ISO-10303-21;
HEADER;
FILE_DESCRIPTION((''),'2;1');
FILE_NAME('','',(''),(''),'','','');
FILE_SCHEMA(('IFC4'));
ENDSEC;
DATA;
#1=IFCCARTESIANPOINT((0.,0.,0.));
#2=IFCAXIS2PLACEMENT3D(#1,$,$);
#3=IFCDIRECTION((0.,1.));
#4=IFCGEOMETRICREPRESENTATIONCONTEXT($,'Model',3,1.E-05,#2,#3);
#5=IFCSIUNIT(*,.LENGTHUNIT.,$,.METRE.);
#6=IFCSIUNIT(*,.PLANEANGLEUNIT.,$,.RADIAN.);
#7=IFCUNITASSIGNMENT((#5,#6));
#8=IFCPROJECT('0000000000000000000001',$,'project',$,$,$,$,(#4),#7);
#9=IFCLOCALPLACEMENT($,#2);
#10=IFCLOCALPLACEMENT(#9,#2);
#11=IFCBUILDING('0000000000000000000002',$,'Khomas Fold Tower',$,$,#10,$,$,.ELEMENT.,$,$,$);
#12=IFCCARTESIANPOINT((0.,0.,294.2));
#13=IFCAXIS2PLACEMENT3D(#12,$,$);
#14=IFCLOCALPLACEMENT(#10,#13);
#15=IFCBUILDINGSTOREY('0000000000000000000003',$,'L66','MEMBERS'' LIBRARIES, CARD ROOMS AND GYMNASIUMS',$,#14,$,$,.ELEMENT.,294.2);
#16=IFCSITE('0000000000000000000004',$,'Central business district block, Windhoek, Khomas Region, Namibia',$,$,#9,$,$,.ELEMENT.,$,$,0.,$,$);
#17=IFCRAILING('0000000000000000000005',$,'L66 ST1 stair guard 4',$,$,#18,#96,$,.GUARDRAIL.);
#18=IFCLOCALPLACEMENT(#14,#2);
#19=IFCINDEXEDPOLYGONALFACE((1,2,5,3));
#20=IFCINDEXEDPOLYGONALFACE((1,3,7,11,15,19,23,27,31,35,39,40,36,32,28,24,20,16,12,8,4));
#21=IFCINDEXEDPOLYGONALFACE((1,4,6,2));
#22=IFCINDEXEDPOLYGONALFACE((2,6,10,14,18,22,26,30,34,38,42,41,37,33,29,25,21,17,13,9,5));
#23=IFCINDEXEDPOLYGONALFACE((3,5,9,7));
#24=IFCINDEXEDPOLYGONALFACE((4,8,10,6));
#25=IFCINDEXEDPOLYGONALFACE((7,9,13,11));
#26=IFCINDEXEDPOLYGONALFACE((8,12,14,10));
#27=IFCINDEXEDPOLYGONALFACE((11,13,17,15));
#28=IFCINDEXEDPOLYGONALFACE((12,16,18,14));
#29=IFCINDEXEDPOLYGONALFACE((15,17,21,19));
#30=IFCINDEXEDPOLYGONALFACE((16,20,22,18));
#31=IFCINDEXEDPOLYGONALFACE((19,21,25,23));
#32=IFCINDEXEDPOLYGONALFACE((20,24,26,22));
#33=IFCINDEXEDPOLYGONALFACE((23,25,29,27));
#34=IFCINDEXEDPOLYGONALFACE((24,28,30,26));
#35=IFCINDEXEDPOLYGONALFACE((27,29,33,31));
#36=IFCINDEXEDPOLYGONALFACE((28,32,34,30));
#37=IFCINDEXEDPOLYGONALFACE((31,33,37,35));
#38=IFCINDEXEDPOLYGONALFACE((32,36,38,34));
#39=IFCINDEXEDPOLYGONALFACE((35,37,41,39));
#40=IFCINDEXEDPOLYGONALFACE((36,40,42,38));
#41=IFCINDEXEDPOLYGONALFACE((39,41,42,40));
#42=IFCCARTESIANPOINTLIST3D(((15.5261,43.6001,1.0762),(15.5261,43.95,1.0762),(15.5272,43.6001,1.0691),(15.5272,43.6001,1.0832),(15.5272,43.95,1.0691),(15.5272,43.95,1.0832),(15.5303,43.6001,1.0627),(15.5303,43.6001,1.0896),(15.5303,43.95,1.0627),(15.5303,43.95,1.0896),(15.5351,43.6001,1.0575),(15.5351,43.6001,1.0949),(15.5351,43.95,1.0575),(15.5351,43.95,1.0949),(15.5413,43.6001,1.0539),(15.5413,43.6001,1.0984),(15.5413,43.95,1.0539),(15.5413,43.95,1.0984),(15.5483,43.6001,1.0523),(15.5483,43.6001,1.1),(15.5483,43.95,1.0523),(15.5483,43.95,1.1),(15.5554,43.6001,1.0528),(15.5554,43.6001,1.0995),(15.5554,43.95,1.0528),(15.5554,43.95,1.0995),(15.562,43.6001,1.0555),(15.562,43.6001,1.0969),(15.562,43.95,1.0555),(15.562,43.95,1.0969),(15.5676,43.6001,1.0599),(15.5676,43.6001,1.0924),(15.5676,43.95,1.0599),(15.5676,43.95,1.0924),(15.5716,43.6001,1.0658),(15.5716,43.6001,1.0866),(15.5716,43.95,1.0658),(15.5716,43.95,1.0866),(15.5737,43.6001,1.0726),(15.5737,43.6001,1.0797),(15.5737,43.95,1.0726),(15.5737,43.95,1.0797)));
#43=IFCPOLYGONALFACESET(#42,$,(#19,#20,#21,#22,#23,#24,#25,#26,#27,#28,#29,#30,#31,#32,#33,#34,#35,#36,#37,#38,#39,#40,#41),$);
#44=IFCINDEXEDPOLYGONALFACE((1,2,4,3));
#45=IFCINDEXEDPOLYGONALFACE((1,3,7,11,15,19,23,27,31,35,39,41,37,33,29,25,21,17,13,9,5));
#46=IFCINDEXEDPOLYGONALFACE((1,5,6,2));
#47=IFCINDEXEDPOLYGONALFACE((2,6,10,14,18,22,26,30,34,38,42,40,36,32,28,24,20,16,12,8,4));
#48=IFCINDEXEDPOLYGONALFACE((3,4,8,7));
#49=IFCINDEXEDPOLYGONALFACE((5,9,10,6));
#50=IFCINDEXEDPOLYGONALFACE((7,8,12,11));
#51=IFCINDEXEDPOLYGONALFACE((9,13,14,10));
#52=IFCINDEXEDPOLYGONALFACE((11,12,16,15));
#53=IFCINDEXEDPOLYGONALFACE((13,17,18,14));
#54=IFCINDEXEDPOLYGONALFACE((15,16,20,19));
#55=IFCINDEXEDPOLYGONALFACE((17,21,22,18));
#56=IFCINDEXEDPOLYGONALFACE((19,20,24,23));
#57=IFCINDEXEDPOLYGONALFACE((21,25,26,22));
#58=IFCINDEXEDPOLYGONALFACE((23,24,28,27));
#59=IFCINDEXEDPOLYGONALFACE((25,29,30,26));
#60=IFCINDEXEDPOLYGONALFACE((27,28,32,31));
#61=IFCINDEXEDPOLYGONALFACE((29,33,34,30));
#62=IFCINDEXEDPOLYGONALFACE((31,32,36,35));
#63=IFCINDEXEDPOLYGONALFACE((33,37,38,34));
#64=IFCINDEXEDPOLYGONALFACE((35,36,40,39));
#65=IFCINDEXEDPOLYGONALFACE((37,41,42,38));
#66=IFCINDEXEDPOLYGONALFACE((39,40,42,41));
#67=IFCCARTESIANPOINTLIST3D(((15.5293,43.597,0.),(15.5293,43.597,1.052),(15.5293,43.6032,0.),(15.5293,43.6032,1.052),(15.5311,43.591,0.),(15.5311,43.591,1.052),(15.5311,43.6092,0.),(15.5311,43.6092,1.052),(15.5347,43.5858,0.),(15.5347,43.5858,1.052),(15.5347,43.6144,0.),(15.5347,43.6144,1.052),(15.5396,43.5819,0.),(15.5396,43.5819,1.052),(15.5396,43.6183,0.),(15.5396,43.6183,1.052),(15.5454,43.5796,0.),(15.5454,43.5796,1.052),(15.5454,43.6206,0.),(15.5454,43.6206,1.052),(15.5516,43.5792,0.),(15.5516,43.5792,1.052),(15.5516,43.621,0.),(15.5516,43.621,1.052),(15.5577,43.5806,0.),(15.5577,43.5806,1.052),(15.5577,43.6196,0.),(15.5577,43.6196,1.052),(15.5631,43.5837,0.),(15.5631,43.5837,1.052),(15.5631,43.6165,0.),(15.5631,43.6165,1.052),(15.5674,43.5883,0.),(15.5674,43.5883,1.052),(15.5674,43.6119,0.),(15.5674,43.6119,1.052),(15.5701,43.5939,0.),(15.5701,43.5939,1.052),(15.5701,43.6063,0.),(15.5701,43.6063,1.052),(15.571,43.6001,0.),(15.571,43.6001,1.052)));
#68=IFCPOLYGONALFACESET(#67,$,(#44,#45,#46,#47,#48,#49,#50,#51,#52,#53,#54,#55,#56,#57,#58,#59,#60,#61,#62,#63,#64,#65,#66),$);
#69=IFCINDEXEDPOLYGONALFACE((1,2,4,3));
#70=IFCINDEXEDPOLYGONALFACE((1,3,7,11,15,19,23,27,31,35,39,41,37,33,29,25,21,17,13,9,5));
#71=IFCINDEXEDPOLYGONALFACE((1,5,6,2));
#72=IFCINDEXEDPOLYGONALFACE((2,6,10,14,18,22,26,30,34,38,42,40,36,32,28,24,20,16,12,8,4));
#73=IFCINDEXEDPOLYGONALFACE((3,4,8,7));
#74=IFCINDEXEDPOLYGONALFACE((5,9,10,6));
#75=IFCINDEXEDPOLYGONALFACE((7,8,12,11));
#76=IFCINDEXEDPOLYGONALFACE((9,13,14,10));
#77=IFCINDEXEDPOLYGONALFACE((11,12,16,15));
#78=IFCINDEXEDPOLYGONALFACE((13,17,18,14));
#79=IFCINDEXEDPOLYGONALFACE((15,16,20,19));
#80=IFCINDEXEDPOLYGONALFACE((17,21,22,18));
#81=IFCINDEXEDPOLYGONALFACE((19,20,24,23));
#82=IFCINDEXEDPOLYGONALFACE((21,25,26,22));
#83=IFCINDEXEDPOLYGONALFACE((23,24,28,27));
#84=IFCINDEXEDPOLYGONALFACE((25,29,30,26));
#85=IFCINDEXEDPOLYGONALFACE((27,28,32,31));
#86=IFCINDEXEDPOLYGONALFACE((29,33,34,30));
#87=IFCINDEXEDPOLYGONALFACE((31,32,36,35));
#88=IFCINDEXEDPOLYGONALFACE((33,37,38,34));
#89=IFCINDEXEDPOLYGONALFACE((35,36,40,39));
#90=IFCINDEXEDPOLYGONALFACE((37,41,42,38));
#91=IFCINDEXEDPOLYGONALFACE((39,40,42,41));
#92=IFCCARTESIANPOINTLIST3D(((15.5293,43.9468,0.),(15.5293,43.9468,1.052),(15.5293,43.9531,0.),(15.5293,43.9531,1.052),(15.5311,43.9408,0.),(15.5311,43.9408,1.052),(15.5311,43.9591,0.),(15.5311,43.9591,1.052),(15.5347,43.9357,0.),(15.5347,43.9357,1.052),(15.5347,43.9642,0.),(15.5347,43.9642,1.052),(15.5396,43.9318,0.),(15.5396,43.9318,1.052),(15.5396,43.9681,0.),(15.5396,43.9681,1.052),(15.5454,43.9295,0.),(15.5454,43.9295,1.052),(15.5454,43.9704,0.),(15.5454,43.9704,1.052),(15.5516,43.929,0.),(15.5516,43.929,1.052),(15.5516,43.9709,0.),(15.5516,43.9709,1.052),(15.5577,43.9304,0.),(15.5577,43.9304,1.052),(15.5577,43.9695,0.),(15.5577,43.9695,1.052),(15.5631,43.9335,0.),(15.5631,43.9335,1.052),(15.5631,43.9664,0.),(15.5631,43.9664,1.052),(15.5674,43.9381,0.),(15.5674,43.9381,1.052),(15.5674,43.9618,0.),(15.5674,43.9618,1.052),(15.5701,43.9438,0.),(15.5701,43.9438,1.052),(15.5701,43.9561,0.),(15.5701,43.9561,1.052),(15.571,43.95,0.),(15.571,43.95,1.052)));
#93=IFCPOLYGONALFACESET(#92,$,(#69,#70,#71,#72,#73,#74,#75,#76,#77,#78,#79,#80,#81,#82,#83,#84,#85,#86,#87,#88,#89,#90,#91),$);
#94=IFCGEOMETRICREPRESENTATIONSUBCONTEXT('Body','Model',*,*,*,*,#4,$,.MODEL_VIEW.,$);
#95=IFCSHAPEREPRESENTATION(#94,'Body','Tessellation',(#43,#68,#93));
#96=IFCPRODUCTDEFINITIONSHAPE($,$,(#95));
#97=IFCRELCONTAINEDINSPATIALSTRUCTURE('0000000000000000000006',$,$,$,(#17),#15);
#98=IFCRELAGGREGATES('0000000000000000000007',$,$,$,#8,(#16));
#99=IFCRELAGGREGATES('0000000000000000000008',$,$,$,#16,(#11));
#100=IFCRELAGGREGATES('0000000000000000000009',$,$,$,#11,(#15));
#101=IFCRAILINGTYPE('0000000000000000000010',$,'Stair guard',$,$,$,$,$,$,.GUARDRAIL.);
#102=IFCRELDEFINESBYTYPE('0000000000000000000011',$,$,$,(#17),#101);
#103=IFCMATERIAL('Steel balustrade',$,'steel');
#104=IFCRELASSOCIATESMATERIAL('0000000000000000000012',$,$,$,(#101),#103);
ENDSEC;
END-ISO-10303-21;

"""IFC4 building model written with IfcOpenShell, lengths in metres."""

from ifc_helpers import new_model, si_unit, direction, frame, origin, origin_2d, place, context, subcontext, project, spatial, circle, extrude, source, transform, mapped, material, type_object, element, save


model = new_model("IFC4")

# Units and contexts
model_context = context("Model", 3, precision=1e-05, world=origin(), true_north=direction((0.0, 1.0)))
body_context = subcontext(model_context, "Body", "Model", "MODEL_VIEW")
ifc_project = project(units=[si_unit("LENGTHUNIT", "METRE"), si_unit("PLANEANGLEUNIT", "RADIAN")], contexts=[model_context])

# Site, building, storey
site_placement = place(None, origin())
site = spatial("IfcSite", under=ifc_project, at=site_placement, Name="Central business district block, Windhoek, Khomas Region, Namibia", CompositionType="ELEMENT", RefElevation=0.0)
building_placement = place(site_placement, origin())
building = spatial("IfcBuilding", under=site, at=building_placement, Name="Khomas Fold Tower", CompositionType="ELEMENT")
storey_placement = place(building_placement, frame((0.0, 0.0, 294.2)))
storey = spatial("IfcBuildingStorey", under=building, at=storey_placement, Name="L66", Description="MEMBERS' LIBRARIES, CARD ROOMS AND GYMNASIUMS", CompositionType="ELEMENT", Elevation=294.2)

# Railing
ifc_material_1 = material(Name="Steel balustrade", Category="steel")
railing_type_1 = type_object("IfcRailingType", Name="Stair guard", PredefinedType="GUARDRAIL", material=ifc_material_1)
shared_shape_1 = source(origin(), body_context, "Body", "SweptSolid", [
    extrude(circle(Radius=0.0239, at=origin_2d()), frame((0.0, 0.0, 1.0762), z_axis=(0.0, 1.0, 0.0), x_axis=(-1.0, 0.0, 0.0)), (0.0, 0.0, 1.0), 0.3499),
    extrude(circle(Radius=0.021, at=origin_2d()), origin(), (0.0, 0.0, 1.0), 1.052),
    extrude(circle(Radius=0.021, at=origin_2d()), frame((0.0, 0.3499, 0.0)), (0.0, 0.0, 1.0), 1.052),
])
railing_1_placement = place(storey_placement, frame((15.55, 43.6001, 0.0)))
element("IfcRailing", 1, at=railing_1_placement, inside=storey, type_object=railing_type_1, Name="L66 ST1 stair guard 4", PredefinedType="GUARDRAIL", context=body_context, shape_type="MappedRepresentation", body=[
    mapped(shared_shape_1, transform((0.0, 0.0, 0.0))),
])

save(model, "model.ifc")
